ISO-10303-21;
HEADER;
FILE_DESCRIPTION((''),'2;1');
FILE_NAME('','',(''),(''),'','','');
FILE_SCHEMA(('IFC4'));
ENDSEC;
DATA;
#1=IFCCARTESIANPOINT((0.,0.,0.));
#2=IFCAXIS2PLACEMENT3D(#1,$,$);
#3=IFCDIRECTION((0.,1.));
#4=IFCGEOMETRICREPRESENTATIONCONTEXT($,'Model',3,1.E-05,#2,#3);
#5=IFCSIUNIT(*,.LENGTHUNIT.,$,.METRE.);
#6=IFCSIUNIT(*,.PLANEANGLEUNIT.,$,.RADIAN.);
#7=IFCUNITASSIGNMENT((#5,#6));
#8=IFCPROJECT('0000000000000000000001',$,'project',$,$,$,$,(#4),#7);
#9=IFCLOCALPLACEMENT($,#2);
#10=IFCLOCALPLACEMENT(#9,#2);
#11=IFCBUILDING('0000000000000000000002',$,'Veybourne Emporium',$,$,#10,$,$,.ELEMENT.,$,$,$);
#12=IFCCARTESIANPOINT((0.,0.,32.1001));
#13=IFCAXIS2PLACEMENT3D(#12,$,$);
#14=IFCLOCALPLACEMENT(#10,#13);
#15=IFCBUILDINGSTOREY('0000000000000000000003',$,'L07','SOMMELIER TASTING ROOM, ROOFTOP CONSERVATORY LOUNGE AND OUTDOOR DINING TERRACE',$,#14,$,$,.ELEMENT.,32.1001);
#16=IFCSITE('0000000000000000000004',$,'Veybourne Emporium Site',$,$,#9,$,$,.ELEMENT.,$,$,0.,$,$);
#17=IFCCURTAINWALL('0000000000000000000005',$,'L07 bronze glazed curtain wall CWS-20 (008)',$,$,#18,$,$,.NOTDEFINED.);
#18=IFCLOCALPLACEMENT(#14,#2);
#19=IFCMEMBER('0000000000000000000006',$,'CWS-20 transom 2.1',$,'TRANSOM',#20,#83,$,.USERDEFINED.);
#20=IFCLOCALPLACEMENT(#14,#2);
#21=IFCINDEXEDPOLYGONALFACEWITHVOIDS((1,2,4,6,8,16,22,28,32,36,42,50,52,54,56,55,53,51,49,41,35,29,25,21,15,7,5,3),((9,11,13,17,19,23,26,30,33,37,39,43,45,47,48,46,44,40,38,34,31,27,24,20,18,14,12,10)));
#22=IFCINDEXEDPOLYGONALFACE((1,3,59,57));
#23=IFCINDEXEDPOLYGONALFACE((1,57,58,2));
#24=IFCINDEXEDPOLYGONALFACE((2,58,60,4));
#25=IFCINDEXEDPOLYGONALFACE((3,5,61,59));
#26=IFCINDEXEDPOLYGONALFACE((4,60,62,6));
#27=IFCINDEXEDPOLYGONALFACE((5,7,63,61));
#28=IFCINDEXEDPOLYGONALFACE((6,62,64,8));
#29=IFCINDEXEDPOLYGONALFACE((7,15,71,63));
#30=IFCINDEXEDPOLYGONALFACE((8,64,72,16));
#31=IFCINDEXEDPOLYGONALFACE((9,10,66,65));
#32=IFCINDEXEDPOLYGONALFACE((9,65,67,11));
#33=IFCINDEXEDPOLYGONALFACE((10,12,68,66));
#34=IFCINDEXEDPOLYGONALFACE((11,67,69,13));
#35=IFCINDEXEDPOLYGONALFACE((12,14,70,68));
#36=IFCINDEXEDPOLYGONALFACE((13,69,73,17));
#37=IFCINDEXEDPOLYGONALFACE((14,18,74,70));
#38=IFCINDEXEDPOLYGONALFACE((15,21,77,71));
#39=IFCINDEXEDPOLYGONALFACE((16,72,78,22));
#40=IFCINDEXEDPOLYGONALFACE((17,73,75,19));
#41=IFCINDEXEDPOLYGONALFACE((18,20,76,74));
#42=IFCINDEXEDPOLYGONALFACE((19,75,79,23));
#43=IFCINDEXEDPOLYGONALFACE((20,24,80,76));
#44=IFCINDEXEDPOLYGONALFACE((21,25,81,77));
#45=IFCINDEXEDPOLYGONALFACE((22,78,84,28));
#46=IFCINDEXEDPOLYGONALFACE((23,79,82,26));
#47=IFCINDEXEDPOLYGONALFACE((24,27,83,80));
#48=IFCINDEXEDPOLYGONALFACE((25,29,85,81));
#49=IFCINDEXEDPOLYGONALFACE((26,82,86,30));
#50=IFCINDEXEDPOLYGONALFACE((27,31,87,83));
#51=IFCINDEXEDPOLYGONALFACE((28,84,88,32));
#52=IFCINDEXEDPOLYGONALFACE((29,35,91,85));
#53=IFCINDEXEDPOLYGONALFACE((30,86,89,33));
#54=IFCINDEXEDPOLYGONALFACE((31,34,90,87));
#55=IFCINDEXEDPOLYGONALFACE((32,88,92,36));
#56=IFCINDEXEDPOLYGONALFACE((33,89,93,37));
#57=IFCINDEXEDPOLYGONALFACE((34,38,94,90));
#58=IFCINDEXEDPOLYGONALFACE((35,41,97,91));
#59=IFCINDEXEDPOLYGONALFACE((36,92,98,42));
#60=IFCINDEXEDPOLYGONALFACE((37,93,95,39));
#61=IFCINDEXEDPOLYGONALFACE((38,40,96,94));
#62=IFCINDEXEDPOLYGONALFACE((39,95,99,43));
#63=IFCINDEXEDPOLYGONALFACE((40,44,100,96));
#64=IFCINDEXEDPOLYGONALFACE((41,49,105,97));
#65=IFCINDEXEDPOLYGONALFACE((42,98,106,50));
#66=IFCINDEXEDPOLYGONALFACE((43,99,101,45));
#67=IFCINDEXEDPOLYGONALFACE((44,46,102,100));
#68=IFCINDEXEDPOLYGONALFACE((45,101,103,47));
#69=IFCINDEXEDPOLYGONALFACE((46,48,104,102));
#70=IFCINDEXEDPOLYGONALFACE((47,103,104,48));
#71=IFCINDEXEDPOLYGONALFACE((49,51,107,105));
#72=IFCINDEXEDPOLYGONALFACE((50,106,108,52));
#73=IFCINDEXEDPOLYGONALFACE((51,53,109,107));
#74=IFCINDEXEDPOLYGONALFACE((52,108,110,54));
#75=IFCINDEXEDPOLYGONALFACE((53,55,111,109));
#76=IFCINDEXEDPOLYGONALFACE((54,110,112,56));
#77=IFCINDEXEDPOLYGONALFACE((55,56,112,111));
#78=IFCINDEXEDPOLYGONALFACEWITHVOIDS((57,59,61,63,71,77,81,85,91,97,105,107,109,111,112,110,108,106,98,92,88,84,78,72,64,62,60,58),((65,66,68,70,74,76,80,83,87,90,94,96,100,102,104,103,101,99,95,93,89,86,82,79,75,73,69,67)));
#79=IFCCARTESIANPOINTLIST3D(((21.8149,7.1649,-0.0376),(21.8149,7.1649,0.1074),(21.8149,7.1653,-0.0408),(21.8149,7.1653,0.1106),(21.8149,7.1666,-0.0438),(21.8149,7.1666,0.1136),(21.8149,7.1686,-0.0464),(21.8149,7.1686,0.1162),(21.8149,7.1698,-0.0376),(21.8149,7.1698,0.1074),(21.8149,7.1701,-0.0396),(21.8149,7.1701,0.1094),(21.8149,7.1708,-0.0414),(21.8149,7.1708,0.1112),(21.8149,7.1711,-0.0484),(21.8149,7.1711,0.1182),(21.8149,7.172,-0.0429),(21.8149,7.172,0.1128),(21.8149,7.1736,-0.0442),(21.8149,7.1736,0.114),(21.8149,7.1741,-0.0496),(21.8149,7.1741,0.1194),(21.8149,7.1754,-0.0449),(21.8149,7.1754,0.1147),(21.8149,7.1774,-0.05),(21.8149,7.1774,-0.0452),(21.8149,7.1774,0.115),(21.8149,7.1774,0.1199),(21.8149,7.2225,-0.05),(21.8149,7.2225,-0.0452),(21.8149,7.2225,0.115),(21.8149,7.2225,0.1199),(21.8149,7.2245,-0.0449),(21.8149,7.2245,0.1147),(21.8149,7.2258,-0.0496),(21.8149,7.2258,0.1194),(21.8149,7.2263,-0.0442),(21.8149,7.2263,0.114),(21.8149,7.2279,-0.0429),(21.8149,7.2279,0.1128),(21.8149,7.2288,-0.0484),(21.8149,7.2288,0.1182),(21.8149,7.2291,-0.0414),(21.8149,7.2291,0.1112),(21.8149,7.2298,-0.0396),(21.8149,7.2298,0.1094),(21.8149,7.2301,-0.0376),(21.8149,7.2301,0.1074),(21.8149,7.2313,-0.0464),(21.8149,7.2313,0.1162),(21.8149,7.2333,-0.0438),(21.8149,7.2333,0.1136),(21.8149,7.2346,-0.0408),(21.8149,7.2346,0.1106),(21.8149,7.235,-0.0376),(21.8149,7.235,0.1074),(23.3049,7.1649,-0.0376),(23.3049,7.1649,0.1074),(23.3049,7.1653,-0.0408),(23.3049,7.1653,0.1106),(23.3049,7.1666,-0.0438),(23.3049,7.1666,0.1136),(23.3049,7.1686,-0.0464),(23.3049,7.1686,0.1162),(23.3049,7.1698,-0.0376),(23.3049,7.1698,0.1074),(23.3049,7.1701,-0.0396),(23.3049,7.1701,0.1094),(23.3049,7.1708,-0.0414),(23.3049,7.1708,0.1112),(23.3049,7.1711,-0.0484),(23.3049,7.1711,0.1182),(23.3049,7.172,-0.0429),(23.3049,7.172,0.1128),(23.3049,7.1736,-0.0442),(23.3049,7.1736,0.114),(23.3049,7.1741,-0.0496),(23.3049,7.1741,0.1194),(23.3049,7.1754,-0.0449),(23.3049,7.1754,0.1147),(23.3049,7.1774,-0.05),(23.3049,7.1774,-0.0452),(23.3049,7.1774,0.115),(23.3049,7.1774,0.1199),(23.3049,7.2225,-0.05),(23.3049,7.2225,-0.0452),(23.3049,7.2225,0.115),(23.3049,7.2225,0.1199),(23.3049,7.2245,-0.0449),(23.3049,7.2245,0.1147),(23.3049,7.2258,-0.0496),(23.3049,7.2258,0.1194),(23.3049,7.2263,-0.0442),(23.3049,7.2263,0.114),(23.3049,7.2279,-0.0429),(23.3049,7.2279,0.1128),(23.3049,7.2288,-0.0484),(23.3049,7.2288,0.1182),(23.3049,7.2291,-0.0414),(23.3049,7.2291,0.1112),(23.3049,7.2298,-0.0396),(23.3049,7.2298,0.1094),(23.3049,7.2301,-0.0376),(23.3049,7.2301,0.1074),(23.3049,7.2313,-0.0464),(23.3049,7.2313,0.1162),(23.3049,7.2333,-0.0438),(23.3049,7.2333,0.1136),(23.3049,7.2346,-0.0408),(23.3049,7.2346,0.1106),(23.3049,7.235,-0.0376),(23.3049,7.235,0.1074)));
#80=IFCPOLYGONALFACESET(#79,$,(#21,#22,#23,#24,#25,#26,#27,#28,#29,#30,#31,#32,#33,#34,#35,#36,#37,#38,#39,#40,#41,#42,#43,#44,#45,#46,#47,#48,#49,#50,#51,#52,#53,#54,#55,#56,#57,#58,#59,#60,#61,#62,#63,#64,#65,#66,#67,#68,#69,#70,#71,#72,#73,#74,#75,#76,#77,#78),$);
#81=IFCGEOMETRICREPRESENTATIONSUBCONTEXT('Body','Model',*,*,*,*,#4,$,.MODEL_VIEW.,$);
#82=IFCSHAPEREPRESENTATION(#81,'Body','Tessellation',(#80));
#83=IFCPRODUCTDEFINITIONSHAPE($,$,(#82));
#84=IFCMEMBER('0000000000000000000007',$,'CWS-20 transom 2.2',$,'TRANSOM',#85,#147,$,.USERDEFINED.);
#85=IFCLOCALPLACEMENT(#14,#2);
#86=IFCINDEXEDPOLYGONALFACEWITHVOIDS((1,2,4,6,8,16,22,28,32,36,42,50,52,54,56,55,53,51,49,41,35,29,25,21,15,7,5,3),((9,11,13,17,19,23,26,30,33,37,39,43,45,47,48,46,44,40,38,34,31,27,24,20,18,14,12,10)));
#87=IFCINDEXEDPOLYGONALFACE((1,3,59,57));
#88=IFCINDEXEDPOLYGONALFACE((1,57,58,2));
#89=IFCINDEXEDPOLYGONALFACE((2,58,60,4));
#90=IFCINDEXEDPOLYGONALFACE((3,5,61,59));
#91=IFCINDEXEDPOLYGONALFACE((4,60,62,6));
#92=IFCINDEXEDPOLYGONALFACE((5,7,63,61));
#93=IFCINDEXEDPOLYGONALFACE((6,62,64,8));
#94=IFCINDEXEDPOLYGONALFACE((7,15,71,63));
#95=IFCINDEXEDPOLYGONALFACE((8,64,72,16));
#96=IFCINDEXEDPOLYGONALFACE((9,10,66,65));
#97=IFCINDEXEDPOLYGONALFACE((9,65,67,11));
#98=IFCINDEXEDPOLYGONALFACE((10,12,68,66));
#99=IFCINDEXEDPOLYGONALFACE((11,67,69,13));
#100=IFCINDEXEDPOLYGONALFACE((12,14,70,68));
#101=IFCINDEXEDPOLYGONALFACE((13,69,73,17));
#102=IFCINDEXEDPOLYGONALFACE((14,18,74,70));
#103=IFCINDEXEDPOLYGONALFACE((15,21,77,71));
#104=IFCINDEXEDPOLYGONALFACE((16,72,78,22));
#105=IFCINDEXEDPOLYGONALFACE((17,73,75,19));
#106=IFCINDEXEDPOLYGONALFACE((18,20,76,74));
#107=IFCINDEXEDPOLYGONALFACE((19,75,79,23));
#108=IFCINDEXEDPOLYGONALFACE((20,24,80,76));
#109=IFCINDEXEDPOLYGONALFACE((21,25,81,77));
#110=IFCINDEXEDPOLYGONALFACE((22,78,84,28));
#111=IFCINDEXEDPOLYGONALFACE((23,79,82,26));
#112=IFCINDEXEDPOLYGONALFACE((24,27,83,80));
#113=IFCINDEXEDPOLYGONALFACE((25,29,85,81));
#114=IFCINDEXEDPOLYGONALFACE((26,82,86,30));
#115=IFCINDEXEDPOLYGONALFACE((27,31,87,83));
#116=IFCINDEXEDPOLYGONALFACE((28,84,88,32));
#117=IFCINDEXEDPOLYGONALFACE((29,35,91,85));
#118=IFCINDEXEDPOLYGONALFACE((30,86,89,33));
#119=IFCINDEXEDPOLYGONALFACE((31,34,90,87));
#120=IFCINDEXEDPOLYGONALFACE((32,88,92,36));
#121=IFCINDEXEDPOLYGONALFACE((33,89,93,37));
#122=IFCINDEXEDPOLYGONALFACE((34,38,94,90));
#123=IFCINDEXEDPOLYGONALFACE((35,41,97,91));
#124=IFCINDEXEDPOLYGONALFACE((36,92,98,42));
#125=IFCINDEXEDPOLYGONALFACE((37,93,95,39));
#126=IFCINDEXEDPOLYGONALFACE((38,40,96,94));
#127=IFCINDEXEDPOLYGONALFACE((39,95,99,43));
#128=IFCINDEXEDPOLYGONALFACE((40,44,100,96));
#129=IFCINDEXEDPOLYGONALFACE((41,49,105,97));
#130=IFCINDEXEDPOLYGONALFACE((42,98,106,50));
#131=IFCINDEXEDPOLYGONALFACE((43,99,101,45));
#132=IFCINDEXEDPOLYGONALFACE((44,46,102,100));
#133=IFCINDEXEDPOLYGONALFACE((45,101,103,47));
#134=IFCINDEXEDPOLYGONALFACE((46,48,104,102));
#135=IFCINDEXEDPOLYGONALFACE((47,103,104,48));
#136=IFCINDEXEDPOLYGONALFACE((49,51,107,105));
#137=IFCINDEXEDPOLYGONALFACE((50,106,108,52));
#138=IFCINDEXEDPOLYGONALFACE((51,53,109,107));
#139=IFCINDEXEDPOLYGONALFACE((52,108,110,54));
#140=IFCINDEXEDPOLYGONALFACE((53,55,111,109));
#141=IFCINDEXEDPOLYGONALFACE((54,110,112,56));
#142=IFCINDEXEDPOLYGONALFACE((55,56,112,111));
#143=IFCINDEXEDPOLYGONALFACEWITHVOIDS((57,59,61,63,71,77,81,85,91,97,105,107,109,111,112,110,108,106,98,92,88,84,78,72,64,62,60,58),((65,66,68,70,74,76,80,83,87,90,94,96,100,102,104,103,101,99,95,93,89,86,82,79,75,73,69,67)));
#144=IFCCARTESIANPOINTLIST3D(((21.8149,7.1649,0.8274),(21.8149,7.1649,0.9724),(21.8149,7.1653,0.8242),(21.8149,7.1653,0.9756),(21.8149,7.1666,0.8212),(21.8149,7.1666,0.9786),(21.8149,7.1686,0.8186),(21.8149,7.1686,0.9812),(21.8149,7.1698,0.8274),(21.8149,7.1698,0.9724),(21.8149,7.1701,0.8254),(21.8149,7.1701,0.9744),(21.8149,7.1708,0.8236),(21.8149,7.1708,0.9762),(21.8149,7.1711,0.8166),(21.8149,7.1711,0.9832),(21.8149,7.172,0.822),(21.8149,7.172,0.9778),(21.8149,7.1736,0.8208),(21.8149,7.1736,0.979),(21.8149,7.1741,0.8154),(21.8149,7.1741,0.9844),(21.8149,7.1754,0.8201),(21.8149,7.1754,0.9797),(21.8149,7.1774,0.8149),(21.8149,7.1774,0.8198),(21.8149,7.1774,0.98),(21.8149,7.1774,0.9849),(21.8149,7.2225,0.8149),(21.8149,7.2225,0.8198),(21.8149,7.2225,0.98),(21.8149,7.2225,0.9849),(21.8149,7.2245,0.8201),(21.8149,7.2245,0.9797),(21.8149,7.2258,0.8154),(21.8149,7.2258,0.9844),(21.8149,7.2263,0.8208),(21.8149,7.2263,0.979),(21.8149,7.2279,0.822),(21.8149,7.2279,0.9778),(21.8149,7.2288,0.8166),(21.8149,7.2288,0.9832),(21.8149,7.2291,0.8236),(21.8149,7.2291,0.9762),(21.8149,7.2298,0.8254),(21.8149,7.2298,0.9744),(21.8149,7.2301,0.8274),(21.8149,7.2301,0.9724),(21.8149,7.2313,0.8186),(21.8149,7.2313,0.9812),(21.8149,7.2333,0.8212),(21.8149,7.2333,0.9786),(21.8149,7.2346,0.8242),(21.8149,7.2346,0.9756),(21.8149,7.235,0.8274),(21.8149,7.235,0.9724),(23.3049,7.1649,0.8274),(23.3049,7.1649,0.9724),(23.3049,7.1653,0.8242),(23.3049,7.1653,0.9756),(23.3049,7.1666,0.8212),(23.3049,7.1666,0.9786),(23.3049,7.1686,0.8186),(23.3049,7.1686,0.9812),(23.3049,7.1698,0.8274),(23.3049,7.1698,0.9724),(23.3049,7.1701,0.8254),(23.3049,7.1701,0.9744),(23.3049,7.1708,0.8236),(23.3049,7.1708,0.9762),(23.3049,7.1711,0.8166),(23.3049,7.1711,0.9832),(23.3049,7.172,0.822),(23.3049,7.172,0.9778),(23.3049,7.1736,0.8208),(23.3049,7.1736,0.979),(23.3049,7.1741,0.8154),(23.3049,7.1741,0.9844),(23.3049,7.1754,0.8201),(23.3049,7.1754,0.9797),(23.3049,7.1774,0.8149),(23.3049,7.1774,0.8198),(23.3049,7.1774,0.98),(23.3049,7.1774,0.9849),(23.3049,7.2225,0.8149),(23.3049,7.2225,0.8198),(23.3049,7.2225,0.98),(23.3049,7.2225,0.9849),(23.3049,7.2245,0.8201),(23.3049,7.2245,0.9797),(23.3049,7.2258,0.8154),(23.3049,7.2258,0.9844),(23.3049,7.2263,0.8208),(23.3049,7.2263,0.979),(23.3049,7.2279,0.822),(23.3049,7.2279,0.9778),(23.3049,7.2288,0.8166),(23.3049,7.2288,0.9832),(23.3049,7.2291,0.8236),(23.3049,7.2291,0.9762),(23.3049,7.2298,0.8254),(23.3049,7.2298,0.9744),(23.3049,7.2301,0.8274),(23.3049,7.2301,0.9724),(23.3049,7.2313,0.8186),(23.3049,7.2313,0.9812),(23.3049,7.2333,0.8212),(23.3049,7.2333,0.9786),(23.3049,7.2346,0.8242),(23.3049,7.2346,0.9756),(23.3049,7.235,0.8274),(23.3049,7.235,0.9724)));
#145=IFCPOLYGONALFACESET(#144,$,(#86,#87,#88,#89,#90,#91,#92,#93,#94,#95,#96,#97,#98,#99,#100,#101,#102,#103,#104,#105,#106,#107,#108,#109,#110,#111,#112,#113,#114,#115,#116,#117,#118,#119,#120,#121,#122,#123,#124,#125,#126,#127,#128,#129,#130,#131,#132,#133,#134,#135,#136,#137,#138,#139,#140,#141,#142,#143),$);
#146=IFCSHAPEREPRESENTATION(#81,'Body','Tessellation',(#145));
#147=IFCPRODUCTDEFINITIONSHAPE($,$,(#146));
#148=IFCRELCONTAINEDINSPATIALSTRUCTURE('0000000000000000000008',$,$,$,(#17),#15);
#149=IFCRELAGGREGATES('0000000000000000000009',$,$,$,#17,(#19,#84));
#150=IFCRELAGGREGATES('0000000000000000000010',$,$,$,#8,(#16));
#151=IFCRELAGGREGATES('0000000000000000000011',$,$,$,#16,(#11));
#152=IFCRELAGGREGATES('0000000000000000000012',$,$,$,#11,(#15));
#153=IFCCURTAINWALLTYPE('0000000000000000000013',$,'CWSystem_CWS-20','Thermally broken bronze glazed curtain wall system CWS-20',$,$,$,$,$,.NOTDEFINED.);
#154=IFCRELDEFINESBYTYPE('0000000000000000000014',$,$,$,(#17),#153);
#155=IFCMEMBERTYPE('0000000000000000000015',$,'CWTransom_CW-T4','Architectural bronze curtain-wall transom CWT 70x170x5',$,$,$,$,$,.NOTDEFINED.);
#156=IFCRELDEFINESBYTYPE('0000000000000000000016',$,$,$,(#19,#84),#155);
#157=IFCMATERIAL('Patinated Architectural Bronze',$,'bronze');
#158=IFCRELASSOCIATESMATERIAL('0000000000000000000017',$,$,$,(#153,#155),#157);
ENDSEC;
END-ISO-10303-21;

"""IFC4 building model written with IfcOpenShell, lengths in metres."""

from ifc_helpers import new_model, si_unit, direction, frame, origin, origin_2d, place, context, subcontext, project, spatial, hollow_rectangle, extrude, material, material_profile, profile_set, type_object, element, aggregate, save


model = new_model("IFC4")

# Units and contexts
model_context = context("Model", 3, precision=1e-05, world=origin(), true_north=direction((0.0, 1.0)))
body_context = subcontext(model_context, "Body", "Model", "MODEL_VIEW")
ifc_project = project(units=[si_unit("LENGTHUNIT", "METRE"), si_unit("PLANEANGLEUNIT", "RADIAN")], contexts=[model_context])

# Site, building, storey
site_placement = place(None, origin())
site = spatial("IfcSite", under=ifc_project, at=site_placement, Name="Veybourne Emporium Site", CompositionType="ELEMENT", RefElevation=0.0)
building_placement = place(site_placement, origin())
building = spatial("IfcBuilding", under=site, at=building_placement, Name="Veybourne Emporium", CompositionType="ELEMENT")
storey_placement = place(building_placement, frame((0.0, 0.0, 32.1001)))
storey = spatial("IfcBuildingStorey", under=building, at=storey_placement, Name="L07", Description="SOMMELIER TASTING ROOM, ROOFTOP CONSERVATORY LOUNGE AND OUTDOOR DINING TERRACE", CompositionType="ELEMENT", Elevation=32.1001)

# Curtain wall, members
ifc_material_1 = material(Name="Patinated Architectural Bronze", Category="bronze")
curtain_wall_type = type_object("IfcCurtainWallType", Name="CWSystem_CWS-20", Description="Thermally broken bronze glazed curtain wall system CWS-20", PredefinedType="NOTDEFINED", material=ifc_material_1)
curtain_wall_placement = place(storey_placement, origin())
curtain_wall = element("IfcCurtainWall", 1, at=curtain_wall_placement, inside=storey, type_object=curtain_wall_type, Name="L07 bronze glazed curtain wall CWS-20 (008)", PredefinedType="NOTDEFINED")
ifc_material_profile_1 = material_profile(ifc_material_1, hollow_rectangle(XDim=0.0701, YDim=0.1699, WallThickness=0.0049, InnerFilletRadius=0.0076, OuterFilletRadius=0.0125, at=origin_2d()), Name="CWT 70x170x5")
ifc_profile_set_1 = profile_set([ifc_material_profile_1], Name="Patinated Architectural Bronze")
member_type_1 = type_object("IfcMemberType", Name="CWTransom_CW-T4", Description="Architectural bronze curtain-wall transom CWT 70x170x5", PredefinedType="NOTDEFINED", material=ifc_profile_set_1)
member_1_placement = place(storey_placement, frame((23.3049, 7.2, 0.0349), z_axis=(-1.0, 0.0, 0.0), x_axis=(0.0, -1.0, 0.0)))
member_1 = element("IfcMember", 2, at=member_1_placement, type_object=member_type_1, Name="CWS-20 transom 2.1", ObjectType="TRANSOM", PredefinedType="USERDEFINED", context=body_context, shape_type="SweptSolid", body=[
    extrude(hollow_rectangle(XDim=0.0701, YDim=0.1699, WallThickness=0.0049, InnerFilletRadius=0.0076, OuterFilletRadius=0.0125, at=origin_2d()), origin(), (0.0, 0.0, 1.0), 1.49),
])
member_2_placement = place(storey_placement, frame((23.3049, 7.2, 0.8999), z_axis=(-1.0, 0.0, 0.0), x_axis=(0.0, -1.0, 0.0)))
member_2 = element("IfcMember", 3, at=member_2_placement, type_object=member_type_1, Name="CWS-20 transom 2.2", ObjectType="TRANSOM", PredefinedType="USERDEFINED", context=body_context, shape_type="SweptSolid", body=[
    extrude(hollow_rectangle(XDim=0.0701, YDim=0.1699, WallThickness=0.0049, InnerFilletRadius=0.0076, OuterFilletRadius=0.0125, at=origin_2d()), origin(), (0.0, 0.0, 1.0), 1.49),
])
aggregate(curtain_wall, [member_1, member_2])

save(model, "model.ifc")
